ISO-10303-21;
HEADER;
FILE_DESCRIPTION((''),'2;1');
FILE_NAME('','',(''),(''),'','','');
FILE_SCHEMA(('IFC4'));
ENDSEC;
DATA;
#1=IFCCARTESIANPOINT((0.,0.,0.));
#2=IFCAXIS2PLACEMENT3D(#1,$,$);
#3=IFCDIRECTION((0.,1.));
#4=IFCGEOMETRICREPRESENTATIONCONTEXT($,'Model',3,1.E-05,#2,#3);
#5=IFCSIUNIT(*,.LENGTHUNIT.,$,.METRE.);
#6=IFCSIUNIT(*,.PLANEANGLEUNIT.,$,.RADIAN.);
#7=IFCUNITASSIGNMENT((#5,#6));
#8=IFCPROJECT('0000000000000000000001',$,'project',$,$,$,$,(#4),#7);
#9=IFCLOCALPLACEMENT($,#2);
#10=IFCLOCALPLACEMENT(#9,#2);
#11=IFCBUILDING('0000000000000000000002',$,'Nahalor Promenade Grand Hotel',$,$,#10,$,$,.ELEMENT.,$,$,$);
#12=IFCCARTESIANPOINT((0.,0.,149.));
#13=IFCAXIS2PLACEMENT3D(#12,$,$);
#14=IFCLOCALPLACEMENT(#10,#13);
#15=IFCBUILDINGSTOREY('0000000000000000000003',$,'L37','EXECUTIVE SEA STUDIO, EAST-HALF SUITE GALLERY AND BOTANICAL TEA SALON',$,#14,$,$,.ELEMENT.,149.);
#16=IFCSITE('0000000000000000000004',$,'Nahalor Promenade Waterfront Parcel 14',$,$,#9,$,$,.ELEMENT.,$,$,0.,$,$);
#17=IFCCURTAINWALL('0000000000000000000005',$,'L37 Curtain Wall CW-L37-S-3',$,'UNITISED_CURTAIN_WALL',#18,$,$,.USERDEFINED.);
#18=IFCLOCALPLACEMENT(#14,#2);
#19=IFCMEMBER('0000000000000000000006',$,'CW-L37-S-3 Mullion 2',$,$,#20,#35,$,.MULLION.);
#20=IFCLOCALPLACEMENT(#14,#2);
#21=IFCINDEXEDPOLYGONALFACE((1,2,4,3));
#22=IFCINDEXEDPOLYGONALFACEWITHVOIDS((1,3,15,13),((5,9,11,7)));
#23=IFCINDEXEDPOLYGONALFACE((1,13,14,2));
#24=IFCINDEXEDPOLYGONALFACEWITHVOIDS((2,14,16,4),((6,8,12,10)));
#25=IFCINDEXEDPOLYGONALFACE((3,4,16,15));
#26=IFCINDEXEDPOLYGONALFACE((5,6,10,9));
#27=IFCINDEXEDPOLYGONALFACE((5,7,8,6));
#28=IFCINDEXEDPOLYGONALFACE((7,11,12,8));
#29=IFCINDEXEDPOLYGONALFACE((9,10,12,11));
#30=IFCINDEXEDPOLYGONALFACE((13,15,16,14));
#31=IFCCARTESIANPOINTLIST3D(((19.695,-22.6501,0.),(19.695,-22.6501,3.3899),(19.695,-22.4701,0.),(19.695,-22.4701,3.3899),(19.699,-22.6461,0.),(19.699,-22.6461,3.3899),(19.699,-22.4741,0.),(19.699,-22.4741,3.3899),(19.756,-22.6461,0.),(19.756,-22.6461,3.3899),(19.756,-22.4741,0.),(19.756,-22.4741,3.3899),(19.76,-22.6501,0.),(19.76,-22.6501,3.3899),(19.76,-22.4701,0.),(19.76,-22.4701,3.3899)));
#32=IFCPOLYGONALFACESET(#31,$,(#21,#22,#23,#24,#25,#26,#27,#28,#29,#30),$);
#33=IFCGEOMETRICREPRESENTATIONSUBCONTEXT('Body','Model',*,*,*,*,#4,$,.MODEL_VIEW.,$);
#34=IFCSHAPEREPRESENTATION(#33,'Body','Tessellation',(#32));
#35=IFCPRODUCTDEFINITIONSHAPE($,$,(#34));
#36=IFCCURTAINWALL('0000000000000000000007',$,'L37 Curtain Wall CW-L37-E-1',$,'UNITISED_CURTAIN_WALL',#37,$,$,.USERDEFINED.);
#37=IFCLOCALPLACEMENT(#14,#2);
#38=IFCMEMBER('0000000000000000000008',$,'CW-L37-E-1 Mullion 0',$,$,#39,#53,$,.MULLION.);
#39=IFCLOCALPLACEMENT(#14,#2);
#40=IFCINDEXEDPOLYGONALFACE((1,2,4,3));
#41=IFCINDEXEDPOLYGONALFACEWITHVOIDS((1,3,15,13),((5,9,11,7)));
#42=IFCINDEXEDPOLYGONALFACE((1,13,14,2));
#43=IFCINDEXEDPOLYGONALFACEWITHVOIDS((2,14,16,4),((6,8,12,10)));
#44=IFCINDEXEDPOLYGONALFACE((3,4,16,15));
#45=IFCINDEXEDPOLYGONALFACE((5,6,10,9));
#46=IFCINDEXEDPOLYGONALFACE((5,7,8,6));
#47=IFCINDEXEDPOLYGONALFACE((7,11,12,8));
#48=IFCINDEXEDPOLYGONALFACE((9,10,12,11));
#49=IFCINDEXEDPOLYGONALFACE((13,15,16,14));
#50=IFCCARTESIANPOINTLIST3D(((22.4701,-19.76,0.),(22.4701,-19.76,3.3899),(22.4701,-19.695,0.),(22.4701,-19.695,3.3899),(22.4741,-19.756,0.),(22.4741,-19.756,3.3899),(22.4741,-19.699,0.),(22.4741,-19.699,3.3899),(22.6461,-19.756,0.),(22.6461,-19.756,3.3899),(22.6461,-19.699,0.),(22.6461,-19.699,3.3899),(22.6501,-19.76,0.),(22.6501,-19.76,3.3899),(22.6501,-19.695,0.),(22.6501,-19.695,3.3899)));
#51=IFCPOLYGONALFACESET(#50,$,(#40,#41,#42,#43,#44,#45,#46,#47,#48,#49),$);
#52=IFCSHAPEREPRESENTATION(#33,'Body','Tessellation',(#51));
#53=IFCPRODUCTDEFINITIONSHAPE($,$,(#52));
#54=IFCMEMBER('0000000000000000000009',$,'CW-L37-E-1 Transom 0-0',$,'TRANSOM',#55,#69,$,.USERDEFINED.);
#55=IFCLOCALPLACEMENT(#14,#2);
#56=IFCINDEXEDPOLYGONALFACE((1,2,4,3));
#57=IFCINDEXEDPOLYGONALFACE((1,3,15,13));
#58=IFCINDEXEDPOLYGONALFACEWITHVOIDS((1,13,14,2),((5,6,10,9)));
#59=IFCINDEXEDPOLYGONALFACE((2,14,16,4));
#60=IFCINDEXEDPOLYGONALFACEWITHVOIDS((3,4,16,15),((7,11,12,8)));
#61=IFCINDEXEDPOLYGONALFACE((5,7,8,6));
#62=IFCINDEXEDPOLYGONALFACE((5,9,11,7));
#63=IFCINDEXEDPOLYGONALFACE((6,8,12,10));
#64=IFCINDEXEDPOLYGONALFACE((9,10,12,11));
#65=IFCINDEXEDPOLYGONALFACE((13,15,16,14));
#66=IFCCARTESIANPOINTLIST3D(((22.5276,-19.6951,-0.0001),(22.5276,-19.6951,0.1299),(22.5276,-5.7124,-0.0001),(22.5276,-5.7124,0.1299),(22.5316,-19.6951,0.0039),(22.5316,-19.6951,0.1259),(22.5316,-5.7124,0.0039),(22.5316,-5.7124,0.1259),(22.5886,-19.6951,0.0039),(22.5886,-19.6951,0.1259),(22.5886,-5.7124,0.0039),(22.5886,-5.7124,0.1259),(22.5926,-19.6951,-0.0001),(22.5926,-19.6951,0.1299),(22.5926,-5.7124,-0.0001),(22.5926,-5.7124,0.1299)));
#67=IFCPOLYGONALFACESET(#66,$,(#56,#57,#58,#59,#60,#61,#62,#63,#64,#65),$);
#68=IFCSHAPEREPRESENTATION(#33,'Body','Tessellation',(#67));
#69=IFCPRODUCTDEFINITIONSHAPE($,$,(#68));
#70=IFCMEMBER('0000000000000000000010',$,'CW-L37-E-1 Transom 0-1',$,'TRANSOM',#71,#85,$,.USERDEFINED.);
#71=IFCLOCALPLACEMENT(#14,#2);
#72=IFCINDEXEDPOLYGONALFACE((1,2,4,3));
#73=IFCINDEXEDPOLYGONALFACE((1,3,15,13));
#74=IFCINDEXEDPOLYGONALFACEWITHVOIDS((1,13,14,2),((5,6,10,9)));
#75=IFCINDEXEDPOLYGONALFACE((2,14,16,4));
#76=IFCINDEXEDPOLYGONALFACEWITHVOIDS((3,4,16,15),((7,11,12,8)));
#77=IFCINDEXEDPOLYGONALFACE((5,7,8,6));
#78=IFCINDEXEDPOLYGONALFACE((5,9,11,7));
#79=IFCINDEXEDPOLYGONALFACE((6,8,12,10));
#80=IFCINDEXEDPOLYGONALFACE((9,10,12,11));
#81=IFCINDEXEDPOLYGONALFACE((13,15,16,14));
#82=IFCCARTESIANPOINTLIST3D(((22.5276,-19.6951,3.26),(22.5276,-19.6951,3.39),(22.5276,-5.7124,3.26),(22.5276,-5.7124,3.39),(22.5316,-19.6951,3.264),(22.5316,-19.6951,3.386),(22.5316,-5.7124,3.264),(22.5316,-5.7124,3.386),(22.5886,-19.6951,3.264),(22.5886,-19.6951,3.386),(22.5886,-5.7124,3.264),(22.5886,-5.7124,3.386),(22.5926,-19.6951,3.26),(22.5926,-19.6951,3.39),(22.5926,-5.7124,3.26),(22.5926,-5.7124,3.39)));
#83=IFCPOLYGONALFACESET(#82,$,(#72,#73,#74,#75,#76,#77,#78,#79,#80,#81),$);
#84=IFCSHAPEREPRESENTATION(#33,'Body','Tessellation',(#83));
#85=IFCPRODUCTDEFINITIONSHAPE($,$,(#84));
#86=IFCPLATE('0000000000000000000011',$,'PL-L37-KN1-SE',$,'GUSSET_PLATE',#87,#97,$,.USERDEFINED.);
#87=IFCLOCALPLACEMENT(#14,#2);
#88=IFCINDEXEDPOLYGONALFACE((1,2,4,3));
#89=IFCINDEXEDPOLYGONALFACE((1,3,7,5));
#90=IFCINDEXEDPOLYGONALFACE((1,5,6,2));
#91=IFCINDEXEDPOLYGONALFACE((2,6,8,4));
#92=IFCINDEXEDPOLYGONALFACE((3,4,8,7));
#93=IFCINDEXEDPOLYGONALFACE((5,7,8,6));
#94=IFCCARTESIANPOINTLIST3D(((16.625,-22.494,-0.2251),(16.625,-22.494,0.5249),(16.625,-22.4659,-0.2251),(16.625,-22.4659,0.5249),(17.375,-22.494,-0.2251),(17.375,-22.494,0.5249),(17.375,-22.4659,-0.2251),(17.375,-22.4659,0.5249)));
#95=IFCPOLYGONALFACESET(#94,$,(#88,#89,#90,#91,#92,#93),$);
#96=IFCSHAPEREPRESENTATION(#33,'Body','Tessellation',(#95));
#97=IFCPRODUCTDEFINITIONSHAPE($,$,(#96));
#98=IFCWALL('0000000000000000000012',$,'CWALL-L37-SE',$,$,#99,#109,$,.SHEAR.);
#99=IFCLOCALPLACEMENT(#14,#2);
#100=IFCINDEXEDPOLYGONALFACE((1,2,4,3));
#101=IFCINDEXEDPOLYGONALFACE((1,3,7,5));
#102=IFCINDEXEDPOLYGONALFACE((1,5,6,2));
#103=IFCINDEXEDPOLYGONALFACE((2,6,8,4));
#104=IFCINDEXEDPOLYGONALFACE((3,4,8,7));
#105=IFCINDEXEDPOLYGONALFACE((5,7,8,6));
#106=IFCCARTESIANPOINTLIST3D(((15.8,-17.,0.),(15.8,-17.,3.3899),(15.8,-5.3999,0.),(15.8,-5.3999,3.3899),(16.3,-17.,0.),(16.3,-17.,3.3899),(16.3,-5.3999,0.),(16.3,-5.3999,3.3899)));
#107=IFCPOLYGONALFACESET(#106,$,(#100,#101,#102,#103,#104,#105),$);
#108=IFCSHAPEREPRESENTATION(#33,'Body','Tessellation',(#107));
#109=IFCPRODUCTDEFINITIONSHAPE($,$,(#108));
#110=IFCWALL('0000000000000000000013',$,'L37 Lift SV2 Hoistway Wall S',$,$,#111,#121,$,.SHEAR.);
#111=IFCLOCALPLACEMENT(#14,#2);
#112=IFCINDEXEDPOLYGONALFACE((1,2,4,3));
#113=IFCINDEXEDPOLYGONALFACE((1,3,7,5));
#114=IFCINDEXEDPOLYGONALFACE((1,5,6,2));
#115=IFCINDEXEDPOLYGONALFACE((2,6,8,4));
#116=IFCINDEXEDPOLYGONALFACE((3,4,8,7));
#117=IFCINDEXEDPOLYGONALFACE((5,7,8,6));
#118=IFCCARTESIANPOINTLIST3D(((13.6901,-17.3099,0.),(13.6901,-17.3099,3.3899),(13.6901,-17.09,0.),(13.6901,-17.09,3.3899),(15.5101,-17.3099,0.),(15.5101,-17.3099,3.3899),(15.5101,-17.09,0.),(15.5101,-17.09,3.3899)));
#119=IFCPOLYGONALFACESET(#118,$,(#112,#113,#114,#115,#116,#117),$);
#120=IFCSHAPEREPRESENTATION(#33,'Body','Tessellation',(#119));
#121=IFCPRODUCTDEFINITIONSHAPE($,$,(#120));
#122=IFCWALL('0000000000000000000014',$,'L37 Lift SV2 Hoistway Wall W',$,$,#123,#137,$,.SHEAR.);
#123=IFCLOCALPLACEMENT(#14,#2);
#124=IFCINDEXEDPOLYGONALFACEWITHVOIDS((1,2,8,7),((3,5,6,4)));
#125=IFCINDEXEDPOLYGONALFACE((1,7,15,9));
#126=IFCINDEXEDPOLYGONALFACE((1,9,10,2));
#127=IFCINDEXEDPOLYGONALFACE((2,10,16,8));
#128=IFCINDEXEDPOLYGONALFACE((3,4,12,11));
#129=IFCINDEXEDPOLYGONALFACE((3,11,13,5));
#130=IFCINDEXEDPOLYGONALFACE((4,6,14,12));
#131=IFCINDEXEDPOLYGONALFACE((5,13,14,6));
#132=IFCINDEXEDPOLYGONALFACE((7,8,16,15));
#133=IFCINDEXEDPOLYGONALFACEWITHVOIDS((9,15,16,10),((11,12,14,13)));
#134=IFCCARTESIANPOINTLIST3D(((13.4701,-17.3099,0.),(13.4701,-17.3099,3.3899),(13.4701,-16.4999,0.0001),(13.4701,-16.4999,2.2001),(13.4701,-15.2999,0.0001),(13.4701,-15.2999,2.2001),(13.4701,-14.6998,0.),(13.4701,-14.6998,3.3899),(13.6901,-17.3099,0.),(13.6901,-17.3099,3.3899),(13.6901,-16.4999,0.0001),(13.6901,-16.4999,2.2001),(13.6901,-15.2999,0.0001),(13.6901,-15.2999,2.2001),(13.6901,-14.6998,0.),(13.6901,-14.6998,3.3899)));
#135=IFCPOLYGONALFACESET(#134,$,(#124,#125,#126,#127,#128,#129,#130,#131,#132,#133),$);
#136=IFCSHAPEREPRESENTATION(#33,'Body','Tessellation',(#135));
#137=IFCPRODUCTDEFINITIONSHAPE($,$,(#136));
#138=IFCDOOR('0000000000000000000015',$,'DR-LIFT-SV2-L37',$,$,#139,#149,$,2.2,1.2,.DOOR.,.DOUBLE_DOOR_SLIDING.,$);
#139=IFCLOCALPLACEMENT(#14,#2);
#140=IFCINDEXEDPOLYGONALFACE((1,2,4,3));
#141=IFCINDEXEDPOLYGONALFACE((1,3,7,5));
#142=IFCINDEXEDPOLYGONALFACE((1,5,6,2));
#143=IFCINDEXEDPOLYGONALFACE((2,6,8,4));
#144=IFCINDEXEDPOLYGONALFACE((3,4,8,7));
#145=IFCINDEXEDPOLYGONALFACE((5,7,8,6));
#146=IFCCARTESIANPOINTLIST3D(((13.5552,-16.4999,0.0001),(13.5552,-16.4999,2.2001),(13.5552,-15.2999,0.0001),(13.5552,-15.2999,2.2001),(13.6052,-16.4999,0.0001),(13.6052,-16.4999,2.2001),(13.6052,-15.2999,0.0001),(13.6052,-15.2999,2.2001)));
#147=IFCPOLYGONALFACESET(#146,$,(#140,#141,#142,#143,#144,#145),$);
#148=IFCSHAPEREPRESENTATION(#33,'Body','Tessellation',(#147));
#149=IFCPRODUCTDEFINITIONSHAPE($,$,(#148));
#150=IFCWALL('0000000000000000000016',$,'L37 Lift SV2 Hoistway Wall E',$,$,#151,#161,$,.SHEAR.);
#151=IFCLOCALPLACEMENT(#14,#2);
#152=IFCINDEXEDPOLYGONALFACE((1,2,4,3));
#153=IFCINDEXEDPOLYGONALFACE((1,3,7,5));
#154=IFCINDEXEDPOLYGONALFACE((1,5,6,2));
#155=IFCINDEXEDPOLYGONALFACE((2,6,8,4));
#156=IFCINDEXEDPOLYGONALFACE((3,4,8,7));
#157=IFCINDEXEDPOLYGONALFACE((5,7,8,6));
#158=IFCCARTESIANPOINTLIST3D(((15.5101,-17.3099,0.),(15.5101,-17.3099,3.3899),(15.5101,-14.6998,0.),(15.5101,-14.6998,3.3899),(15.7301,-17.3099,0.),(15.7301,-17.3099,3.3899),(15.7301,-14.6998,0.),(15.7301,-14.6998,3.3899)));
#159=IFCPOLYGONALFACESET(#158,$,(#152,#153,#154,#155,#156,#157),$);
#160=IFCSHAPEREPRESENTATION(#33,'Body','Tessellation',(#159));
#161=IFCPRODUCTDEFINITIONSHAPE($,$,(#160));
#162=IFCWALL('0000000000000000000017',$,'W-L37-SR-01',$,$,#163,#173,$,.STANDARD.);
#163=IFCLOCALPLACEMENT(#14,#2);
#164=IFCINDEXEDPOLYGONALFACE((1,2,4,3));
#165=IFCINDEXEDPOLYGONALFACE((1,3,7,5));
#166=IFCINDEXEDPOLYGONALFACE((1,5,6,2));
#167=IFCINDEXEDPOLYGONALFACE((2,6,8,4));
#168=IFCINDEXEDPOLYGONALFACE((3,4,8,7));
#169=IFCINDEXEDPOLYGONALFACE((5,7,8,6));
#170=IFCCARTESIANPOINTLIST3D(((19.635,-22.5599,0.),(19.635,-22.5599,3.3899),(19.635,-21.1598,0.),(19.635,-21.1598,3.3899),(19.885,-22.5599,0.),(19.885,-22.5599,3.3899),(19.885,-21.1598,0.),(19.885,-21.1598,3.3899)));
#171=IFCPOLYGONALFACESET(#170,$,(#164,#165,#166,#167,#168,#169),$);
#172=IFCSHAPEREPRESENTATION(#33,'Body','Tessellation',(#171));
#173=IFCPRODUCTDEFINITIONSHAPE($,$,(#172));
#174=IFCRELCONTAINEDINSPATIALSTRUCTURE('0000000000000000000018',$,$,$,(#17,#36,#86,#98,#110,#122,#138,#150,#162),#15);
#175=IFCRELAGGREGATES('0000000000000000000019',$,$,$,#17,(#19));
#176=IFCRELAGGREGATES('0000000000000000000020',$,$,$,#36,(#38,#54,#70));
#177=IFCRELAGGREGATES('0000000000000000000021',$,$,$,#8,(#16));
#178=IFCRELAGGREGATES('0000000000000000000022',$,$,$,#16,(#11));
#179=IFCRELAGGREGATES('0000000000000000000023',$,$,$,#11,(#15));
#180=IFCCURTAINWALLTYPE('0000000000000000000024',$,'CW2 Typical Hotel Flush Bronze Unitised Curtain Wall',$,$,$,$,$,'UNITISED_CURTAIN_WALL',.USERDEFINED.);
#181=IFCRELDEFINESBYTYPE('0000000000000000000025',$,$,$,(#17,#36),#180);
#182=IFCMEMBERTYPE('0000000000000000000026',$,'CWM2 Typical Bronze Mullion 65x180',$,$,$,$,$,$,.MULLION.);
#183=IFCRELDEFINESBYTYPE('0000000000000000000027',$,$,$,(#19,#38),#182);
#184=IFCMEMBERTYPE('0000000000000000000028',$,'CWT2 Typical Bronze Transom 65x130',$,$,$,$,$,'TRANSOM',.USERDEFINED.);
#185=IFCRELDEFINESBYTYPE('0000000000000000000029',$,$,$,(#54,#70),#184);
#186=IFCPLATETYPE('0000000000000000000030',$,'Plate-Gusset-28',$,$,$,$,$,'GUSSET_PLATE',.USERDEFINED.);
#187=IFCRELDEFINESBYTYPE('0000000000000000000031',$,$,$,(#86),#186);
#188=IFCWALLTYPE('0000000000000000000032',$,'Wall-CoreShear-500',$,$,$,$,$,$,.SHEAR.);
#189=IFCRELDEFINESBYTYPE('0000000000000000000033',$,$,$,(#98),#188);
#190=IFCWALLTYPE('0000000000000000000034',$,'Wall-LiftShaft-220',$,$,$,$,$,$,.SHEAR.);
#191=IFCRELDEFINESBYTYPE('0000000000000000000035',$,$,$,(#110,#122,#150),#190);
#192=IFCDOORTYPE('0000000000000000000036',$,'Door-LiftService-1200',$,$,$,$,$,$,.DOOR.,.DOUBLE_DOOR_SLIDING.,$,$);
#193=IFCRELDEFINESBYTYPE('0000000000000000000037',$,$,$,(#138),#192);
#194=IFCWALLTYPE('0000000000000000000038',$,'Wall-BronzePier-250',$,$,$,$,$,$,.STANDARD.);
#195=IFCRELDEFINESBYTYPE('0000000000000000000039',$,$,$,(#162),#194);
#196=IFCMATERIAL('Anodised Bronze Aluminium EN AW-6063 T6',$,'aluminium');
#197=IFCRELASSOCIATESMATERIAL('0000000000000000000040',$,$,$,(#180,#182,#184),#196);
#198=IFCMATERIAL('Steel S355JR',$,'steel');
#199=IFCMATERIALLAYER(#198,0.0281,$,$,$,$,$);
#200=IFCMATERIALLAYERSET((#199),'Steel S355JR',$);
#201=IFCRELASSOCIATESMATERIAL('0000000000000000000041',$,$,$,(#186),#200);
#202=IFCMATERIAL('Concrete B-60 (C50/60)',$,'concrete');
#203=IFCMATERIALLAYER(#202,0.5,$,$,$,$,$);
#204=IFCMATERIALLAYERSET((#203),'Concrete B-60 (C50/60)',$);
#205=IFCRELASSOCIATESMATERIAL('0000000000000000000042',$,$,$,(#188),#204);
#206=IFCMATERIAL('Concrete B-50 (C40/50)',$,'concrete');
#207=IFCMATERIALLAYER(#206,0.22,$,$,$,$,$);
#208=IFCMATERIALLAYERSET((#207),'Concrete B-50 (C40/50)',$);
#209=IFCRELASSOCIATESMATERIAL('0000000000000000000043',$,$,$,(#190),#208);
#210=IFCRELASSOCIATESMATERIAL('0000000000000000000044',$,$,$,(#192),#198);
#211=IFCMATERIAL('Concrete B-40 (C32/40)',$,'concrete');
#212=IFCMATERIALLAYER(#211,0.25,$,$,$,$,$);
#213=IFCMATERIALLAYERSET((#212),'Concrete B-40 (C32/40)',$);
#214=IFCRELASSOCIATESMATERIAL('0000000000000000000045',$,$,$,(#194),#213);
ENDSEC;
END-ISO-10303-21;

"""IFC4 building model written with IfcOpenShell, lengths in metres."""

from ifc_helpers import new_model, si_unit, direction, frame, frame_2d, origin, origin_2d, place, context, subcontext, project, spatial, rectangle, hollow_rectangle, extrude, source, transform, mapped, material, layer, layer_set, material_profile, profile_set, type_object, element, fill, aggregate, save


model = new_model("IFC4")

# Units and contexts
model_context = context("Model", 3, precision=1e-05, world=origin(), true_north=direction((0.0, 1.0)))
body_context = subcontext(model_context, "Body", "Model", "MODEL_VIEW")
ifc_project = project(units=[si_unit("LENGTHUNIT", "METRE"), si_unit("PLANEANGLEUNIT", "RADIAN")], contexts=[model_context])

# Site, building, storey
site_placement = place(None, origin())
site = spatial("IfcSite", under=ifc_project, at=site_placement, Name="Nahalor Promenade Waterfront Parcel 14", CompositionType="ELEMENT", RefElevation=0.0)
building_placement = place(site_placement, origin())
building = spatial("IfcBuilding", under=site, at=building_placement, Name="Nahalor Promenade Grand Hotel", CompositionType="ELEMENT")
storey_placement = place(building_placement, frame((0.0, 0.0, 149.0)))
storey = spatial("IfcBuildingStorey", under=building, at=storey_placement, Name="L37", Description="EXECUTIVE SEA STUDIO, EAST-HALF SUITE GALLERY AND BOTANICAL TEA SALON", CompositionType="ELEMENT", Elevation=149.0)

# Shared definitions
ifc_material_1 = material(Name="Concrete B-60 (C50/60)", Category="concrete")

# Shared definitions
ifc_material_2 = material(Name="Steel S355JR", Category="steel")

# Curtain wall, member
ifc_material_3 = material(Name="Anodised Bronze Aluminium EN AW-6063 T6", Category="aluminium")
curtain_wall_type = type_object("IfcCurtainWallType", Name="CW2 Typical Hotel Flush Bronze Unitised Curtain Wall", ElementType="UNITISED_CURTAIN_WALL", PredefinedType="USERDEFINED", material=ifc_material_3)
curtain_wall_1_placement = place(storey_placement, origin())
curtain_wall_1 = element("IfcCurtainWall", 1, at=curtain_wall_1_placement, inside=storey, type_object=curtain_wall_type, Name="L37 Curtain Wall CW-L37-S-3", ObjectType="UNITISED_CURTAIN_WALL", PredefinedType="USERDEFINED")
ifc_material_profile_1 = material_profile(ifc_material_3, hollow_rectangle(XDim=0.065, YDim=0.18, WallThickness=0.004, at=origin_2d()), Name="CWM 65x180x4")
ifc_profile_set_1 = profile_set([ifc_material_profile_1], Name="Anodised Bronze Aluminium EN AW-6063 T6")
member_type_1 = type_object("IfcMemberType", Name="CWM2 Typical Bronze Mullion 65x180", PredefinedType="MULLION", material=ifc_profile_set_1)
shared_shape_1 = source(origin(), body_context, "Body", "SweptSolid", [
    extrude(hollow_rectangle(XDim=0.065, YDim=0.18, WallThickness=0.004, at=origin_2d()), origin(), (0.0, 0.0, 1.0), 3.3899),
])
member_1_placement = place(storey_placement, frame((19.7275, -22.5601, 0.0), z_axis=(0.0, 0.0, 1.0), x_axis=(1.0, 0.0, 0.0)))
member_1 = element("IfcMember", 2, at=member_1_placement, type_object=member_type_1, Name="CW-L37-S-3 Mullion 2", PredefinedType="MULLION", context=body_context, shape_type="MappedRepresentation", body=[
    mapped(shared_shape_1, transform((0.0, 0.0, 0.0), scale=1.0)),
])
aggregate(curtain_wall_1, [member_1])

# Curtain wall, members
curtain_wall_2_placement = place(storey_placement, origin())
curtain_wall_2 = element("IfcCurtainWall", 3, at=curtain_wall_2_placement, inside=storey, type_object=curtain_wall_type, Name="L37 Curtain Wall CW-L37-E-1", ObjectType="UNITISED_CURTAIN_WALL", PredefinedType="USERDEFINED")
member_2_placement = place(storey_placement, frame((22.5601, -19.7275, 0.0), z_axis=(0.0, 0.0, 1.0), x_axis=(0.0, 1.0, 0.0)))
member_2 = element("IfcMember", 4, at=member_2_placement, type_object=member_type_1, Name="CW-L37-E-1 Mullion 0", PredefinedType="MULLION", context=body_context, shape_type="MappedRepresentation", body=[
    mapped(shared_shape_1, transform((0.0, 0.0, 0.0), scale=1.0)),
])
ifc_material_profile_2 = material_profile(ifc_material_3, hollow_rectangle(XDim=0.065, YDim=0.13, WallThickness=0.004, at=origin_2d()), Name="CWT 65x130x4")
ifc_profile_set_2 = profile_set([ifc_material_profile_2], Name="Anodised Bronze Aluminium EN AW-6063 T6")
member_type_2 = type_object("IfcMemberType", Name="CWT2 Typical Bronze Transom 65x130", ElementType="TRANSOM", PredefinedType="USERDEFINED", material=ifc_profile_set_2)
shared_shape_2 = source(origin(), body_context, "Body", "SweptSolid", [
    extrude(hollow_rectangle(XDim=0.065, YDim=0.13, WallThickness=0.004, at=origin_2d()), origin(), (0.0, 0.0, 1.0), 13.9827),
])
member_3_placement = place(storey_placement, frame((22.5601, -19.6951, 0.0649), z_axis=(0.0, 1.0, 0.0), x_axis=(-1.0, 0.0, 0.0)))
member_3 = element("IfcMember", 5, at=member_3_placement, type_object=member_type_2, Name="CW-L37-E-1 Transom 0-0", ObjectType="TRANSOM", PredefinedType="USERDEFINED", context=body_context, shape_type="MappedRepresentation", body=[
    mapped(shared_shape_2, transform((0.0, 0.0, 0.0), scale=1.0)),
])
member_4_placement = place(storey_placement, frame((22.5601, -19.6951, 3.325), z_axis=(0.0, 1.0, 0.0), x_axis=(-1.0, 0.0, 0.0)))
member_4 = element("IfcMember", 6, at=member_4_placement, type_object=member_type_2, Name="CW-L37-E-1 Transom 0-1", ObjectType="TRANSOM", PredefinedType="USERDEFINED", context=body_context, shape_type="MappedRepresentation", body=[
    mapped(shared_shape_2, transform((0.0, 0.0, 0.0), scale=1.0)),
])
aggregate(curtain_wall_2, [member_2, member_3, member_4])

# Plate
ifc_layer_1 = layer(ifc_material_2, 0.0281)
ifc_layer_set_1 = layer_set([ifc_layer_1], Name="Steel S355JR")
plate_type = type_object("IfcPlateType", Name="Plate-Gusset-28", ElementType="GUSSET_PLATE", PredefinedType="USERDEFINED", material=ifc_layer_set_1)
shared_shape_3 = source(origin(), body_context, "Body", "SweptSolid", [
    extrude(rectangle(XDim=0.75, YDim=0.0281, at=origin_2d()), origin(), (0.0, 0.0, 1.0), 0.75),
])
plate_placement = place(storey_placement, frame((17.0, -22.48, -0.2251), z_axis=(0.0, 0.0, 1.0), x_axis=(1.0, 0.0, 0.0)))
element("IfcPlate", 7, at=plate_placement, inside=storey, type_object=plate_type, Name="PL-L37-KN1-SE", ObjectType="GUSSET_PLATE", PredefinedType="USERDEFINED", context=body_context, shape_type="MappedRepresentation", body=[
    mapped(shared_shape_3, transform((0.0, 0.0, 0.0), scale=1.0)),
])

# Walls
ifc_layer_2 = layer(ifc_material_1, 0.5)
ifc_layer_set_2 = layer_set([ifc_layer_2], Name="Concrete B-60 (C50/60)")
wall_type_1 = type_object("IfcWallType", Name="Wall-CoreShear-500", PredefinedType="SHEAR", material=ifc_layer_set_2)
shared_shape_4 = source(origin(), body_context, "Body", "SweptSolid", [
    extrude(rectangle(XDim=11.6001, YDim=0.5, at=frame_2d((5.8, 0.0))), origin(), (0.0, 0.0, 1.0), 3.3899),
])
wall_1_placement = place(storey_placement, frame((16.05, -17.0, 0.0), z_axis=(0.0, 0.0, 1.0), x_axis=(0.0, 1.0, 0.0)))
element("IfcWall", 8, at=wall_1_placement, inside=storey, type_object=wall_type_1, Name="CWALL-L37-SE", PredefinedType="SHEAR", context=body_context, shape_type="MappedRepresentation", body=[
    mapped(shared_shape_4, transform((0.0, 0.0, 0.0), scale=1.0)),
])
ifc_material_4 = material(Name="Concrete B-50 (C40/50)", Category="concrete")
ifc_layer_3 = layer(ifc_material_4, 0.22)
ifc_layer_set_3 = layer_set([ifc_layer_3], Name="Concrete B-50 (C40/50)")
wall_type_2 = type_object("IfcWallType", Name="Wall-LiftShaft-220", PredefinedType="SHEAR", material=ifc_layer_set_3)
shared_shape_5 = source(origin(), body_context, "Body", "SweptSolid", [
    extrude(rectangle(XDim=1.8201, YDim=0.22, at=frame_2d((0.9102, 0.0))), origin(), (0.0, 0.0, 1.0), 3.3899),
])
wall_2_placement = place(storey_placement, frame((13.6899, -17.2, 0.0), z_axis=(0.0, 0.0, 1.0), x_axis=(1.0, 0.0, 0.0)))
element("IfcWall", 9, at=wall_2_placement, inside=storey, type_object=wall_type_2, Name="L37 Lift SV2 Hoistway Wall S", PredefinedType="SHEAR", context=body_context, shape_type="MappedRepresentation", body=[
    mapped(shared_shape_5, transform((0.0, 0.0, 0.0), scale=1.0)),
])

# Wall, opening, door
shared_shape_6 = source(origin(), body_context, "Body", "SweptSolid", [
    extrude(rectangle(XDim=2.6101, YDim=0.22, at=frame_2d((1.3052, 0.0))), origin(), (0.0, 0.0, 1.0), 3.3899),
])
wall_3_placement = place(storey_placement, frame((13.5801, -17.3101, 0.0), z_axis=(0.0, 0.0, 1.0), x_axis=(0.0, 1.0, 0.0)))
wall_3 = element("IfcWall", 10, at=wall_3_placement, inside=storey, type_object=wall_type_2, Name="L37 Lift SV2 Hoistway Wall W", PredefinedType="SHEAR", context=body_context, shape_type="MappedRepresentation", body=[
    mapped(shared_shape_6, transform((0.0, 0.0, 0.0), scale=1.0)),
])
opening_placement = place(wall_3_placement, frame((0.8101, 0.0, 0.0)))
opening = element("IfcOpeningElement", 11, at=opening_placement, cuts=wall_3, PredefinedType="OPENING", context=body_context, shape_type="SweptSolid", body=[
    extrude(rectangle(XDim=1.2, YDim=2.2, at=frame_2d((0.6001, 1.1001))), frame((0.0, 0.1199, 0.0), z_axis=(0.0, -1.0, 0.0), x_axis=(1.0, 0.0, 0.0)), (0.0, 0.0, 1.0), 0.24),
])
door_type = type_object("IfcDoorType", Name="Door-LiftService-1200", OperationType="DOUBLE_DOOR_SLIDING", PredefinedType="DOOR", material=ifc_material_2)
shared_shape_7 = source(origin(), body_context, "Body", "SweptSolid", [
    extrude(rectangle(XDim=1.2, YDim=2.2, at=frame_2d((0.6001, 1.1001))), frame((0.0, 0.0249, 0.0), z_axis=(0.0, -1.0, 0.0), x_axis=(1.0, 0.0, 0.0)), (0.0, 0.0, 1.0), 0.05),
])
door_placement = place(opening_placement, origin())
door = element("IfcDoor", 12, at=door_placement, inside=storey, type_object=door_type, Name="DR-LIFT-SV2-L37", OperationType="DOUBLE_DOOR_SLIDING", OverallHeight=2.2, OverallWidth=1.2, PredefinedType="DOOR", context=body_context, shape_type="MappedRepresentation", body=[
    mapped(shared_shape_7, transform((0.0, 0.0, 0.0), scale=1.0)),
])
fill(opening, door)

# Walls
wall_4_placement = place(storey_placement, frame((15.6201, -17.3101, 0.0), z_axis=(0.0, 0.0, 1.0), x_axis=(0.0, 1.0, 0.0)))
element("IfcWall", 13, at=wall_4_placement, inside=storey, type_object=wall_type_2, Name="L37 Lift SV2 Hoistway Wall E", PredefinedType="SHEAR", context=body_context, shape_type="MappedRepresentation", body=[
    mapped(shared_shape_6, transform((0.0, 0.0, 0.0), scale=1.0)),
])
ifc_material_5 = material(Name="Concrete B-40 (C32/40)", Category="concrete")
ifc_layer_4 = layer(ifc_material_5, 0.25)
ifc_layer_set_4 = layer_set([ifc_layer_4], Name="Concrete B-40 (C32/40)")
wall_type_3 = type_object("IfcWallType", Name="Wall-BronzePier-250", PredefinedType="STANDARD", material=ifc_layer_set_4)
shared_shape_8 = source(origin(), body_context, "Body", "SweptSolid", [
    extrude(rectangle(XDim=1.4001, YDim=0.25, at=frame_2d((0.7002, 0.0))), origin(), (0.0, 0.0, 1.0), 3.3899),
])
for number, where, z_axis, x_axis, name in (
    (14, (19.76, -22.5601, 0.0), (0.0, 0.0, 1.0), (0.0, 1.0, 0.0), "W-L37-SR-01"),
):
    element("IfcWall", number, at=place(storey_placement, frame(where, z_axis=z_axis, x_axis=x_axis)), inside=storey, type_object=wall_type_3, Name=name, PredefinedType="STANDARD", context=body_context, shape_type="MappedRepresentation", body=[
        mapped(shared_shape_8, transform((0.0, 0.0, 0.0), scale=1.0)),
    ])

save(model, "model.ifc")
